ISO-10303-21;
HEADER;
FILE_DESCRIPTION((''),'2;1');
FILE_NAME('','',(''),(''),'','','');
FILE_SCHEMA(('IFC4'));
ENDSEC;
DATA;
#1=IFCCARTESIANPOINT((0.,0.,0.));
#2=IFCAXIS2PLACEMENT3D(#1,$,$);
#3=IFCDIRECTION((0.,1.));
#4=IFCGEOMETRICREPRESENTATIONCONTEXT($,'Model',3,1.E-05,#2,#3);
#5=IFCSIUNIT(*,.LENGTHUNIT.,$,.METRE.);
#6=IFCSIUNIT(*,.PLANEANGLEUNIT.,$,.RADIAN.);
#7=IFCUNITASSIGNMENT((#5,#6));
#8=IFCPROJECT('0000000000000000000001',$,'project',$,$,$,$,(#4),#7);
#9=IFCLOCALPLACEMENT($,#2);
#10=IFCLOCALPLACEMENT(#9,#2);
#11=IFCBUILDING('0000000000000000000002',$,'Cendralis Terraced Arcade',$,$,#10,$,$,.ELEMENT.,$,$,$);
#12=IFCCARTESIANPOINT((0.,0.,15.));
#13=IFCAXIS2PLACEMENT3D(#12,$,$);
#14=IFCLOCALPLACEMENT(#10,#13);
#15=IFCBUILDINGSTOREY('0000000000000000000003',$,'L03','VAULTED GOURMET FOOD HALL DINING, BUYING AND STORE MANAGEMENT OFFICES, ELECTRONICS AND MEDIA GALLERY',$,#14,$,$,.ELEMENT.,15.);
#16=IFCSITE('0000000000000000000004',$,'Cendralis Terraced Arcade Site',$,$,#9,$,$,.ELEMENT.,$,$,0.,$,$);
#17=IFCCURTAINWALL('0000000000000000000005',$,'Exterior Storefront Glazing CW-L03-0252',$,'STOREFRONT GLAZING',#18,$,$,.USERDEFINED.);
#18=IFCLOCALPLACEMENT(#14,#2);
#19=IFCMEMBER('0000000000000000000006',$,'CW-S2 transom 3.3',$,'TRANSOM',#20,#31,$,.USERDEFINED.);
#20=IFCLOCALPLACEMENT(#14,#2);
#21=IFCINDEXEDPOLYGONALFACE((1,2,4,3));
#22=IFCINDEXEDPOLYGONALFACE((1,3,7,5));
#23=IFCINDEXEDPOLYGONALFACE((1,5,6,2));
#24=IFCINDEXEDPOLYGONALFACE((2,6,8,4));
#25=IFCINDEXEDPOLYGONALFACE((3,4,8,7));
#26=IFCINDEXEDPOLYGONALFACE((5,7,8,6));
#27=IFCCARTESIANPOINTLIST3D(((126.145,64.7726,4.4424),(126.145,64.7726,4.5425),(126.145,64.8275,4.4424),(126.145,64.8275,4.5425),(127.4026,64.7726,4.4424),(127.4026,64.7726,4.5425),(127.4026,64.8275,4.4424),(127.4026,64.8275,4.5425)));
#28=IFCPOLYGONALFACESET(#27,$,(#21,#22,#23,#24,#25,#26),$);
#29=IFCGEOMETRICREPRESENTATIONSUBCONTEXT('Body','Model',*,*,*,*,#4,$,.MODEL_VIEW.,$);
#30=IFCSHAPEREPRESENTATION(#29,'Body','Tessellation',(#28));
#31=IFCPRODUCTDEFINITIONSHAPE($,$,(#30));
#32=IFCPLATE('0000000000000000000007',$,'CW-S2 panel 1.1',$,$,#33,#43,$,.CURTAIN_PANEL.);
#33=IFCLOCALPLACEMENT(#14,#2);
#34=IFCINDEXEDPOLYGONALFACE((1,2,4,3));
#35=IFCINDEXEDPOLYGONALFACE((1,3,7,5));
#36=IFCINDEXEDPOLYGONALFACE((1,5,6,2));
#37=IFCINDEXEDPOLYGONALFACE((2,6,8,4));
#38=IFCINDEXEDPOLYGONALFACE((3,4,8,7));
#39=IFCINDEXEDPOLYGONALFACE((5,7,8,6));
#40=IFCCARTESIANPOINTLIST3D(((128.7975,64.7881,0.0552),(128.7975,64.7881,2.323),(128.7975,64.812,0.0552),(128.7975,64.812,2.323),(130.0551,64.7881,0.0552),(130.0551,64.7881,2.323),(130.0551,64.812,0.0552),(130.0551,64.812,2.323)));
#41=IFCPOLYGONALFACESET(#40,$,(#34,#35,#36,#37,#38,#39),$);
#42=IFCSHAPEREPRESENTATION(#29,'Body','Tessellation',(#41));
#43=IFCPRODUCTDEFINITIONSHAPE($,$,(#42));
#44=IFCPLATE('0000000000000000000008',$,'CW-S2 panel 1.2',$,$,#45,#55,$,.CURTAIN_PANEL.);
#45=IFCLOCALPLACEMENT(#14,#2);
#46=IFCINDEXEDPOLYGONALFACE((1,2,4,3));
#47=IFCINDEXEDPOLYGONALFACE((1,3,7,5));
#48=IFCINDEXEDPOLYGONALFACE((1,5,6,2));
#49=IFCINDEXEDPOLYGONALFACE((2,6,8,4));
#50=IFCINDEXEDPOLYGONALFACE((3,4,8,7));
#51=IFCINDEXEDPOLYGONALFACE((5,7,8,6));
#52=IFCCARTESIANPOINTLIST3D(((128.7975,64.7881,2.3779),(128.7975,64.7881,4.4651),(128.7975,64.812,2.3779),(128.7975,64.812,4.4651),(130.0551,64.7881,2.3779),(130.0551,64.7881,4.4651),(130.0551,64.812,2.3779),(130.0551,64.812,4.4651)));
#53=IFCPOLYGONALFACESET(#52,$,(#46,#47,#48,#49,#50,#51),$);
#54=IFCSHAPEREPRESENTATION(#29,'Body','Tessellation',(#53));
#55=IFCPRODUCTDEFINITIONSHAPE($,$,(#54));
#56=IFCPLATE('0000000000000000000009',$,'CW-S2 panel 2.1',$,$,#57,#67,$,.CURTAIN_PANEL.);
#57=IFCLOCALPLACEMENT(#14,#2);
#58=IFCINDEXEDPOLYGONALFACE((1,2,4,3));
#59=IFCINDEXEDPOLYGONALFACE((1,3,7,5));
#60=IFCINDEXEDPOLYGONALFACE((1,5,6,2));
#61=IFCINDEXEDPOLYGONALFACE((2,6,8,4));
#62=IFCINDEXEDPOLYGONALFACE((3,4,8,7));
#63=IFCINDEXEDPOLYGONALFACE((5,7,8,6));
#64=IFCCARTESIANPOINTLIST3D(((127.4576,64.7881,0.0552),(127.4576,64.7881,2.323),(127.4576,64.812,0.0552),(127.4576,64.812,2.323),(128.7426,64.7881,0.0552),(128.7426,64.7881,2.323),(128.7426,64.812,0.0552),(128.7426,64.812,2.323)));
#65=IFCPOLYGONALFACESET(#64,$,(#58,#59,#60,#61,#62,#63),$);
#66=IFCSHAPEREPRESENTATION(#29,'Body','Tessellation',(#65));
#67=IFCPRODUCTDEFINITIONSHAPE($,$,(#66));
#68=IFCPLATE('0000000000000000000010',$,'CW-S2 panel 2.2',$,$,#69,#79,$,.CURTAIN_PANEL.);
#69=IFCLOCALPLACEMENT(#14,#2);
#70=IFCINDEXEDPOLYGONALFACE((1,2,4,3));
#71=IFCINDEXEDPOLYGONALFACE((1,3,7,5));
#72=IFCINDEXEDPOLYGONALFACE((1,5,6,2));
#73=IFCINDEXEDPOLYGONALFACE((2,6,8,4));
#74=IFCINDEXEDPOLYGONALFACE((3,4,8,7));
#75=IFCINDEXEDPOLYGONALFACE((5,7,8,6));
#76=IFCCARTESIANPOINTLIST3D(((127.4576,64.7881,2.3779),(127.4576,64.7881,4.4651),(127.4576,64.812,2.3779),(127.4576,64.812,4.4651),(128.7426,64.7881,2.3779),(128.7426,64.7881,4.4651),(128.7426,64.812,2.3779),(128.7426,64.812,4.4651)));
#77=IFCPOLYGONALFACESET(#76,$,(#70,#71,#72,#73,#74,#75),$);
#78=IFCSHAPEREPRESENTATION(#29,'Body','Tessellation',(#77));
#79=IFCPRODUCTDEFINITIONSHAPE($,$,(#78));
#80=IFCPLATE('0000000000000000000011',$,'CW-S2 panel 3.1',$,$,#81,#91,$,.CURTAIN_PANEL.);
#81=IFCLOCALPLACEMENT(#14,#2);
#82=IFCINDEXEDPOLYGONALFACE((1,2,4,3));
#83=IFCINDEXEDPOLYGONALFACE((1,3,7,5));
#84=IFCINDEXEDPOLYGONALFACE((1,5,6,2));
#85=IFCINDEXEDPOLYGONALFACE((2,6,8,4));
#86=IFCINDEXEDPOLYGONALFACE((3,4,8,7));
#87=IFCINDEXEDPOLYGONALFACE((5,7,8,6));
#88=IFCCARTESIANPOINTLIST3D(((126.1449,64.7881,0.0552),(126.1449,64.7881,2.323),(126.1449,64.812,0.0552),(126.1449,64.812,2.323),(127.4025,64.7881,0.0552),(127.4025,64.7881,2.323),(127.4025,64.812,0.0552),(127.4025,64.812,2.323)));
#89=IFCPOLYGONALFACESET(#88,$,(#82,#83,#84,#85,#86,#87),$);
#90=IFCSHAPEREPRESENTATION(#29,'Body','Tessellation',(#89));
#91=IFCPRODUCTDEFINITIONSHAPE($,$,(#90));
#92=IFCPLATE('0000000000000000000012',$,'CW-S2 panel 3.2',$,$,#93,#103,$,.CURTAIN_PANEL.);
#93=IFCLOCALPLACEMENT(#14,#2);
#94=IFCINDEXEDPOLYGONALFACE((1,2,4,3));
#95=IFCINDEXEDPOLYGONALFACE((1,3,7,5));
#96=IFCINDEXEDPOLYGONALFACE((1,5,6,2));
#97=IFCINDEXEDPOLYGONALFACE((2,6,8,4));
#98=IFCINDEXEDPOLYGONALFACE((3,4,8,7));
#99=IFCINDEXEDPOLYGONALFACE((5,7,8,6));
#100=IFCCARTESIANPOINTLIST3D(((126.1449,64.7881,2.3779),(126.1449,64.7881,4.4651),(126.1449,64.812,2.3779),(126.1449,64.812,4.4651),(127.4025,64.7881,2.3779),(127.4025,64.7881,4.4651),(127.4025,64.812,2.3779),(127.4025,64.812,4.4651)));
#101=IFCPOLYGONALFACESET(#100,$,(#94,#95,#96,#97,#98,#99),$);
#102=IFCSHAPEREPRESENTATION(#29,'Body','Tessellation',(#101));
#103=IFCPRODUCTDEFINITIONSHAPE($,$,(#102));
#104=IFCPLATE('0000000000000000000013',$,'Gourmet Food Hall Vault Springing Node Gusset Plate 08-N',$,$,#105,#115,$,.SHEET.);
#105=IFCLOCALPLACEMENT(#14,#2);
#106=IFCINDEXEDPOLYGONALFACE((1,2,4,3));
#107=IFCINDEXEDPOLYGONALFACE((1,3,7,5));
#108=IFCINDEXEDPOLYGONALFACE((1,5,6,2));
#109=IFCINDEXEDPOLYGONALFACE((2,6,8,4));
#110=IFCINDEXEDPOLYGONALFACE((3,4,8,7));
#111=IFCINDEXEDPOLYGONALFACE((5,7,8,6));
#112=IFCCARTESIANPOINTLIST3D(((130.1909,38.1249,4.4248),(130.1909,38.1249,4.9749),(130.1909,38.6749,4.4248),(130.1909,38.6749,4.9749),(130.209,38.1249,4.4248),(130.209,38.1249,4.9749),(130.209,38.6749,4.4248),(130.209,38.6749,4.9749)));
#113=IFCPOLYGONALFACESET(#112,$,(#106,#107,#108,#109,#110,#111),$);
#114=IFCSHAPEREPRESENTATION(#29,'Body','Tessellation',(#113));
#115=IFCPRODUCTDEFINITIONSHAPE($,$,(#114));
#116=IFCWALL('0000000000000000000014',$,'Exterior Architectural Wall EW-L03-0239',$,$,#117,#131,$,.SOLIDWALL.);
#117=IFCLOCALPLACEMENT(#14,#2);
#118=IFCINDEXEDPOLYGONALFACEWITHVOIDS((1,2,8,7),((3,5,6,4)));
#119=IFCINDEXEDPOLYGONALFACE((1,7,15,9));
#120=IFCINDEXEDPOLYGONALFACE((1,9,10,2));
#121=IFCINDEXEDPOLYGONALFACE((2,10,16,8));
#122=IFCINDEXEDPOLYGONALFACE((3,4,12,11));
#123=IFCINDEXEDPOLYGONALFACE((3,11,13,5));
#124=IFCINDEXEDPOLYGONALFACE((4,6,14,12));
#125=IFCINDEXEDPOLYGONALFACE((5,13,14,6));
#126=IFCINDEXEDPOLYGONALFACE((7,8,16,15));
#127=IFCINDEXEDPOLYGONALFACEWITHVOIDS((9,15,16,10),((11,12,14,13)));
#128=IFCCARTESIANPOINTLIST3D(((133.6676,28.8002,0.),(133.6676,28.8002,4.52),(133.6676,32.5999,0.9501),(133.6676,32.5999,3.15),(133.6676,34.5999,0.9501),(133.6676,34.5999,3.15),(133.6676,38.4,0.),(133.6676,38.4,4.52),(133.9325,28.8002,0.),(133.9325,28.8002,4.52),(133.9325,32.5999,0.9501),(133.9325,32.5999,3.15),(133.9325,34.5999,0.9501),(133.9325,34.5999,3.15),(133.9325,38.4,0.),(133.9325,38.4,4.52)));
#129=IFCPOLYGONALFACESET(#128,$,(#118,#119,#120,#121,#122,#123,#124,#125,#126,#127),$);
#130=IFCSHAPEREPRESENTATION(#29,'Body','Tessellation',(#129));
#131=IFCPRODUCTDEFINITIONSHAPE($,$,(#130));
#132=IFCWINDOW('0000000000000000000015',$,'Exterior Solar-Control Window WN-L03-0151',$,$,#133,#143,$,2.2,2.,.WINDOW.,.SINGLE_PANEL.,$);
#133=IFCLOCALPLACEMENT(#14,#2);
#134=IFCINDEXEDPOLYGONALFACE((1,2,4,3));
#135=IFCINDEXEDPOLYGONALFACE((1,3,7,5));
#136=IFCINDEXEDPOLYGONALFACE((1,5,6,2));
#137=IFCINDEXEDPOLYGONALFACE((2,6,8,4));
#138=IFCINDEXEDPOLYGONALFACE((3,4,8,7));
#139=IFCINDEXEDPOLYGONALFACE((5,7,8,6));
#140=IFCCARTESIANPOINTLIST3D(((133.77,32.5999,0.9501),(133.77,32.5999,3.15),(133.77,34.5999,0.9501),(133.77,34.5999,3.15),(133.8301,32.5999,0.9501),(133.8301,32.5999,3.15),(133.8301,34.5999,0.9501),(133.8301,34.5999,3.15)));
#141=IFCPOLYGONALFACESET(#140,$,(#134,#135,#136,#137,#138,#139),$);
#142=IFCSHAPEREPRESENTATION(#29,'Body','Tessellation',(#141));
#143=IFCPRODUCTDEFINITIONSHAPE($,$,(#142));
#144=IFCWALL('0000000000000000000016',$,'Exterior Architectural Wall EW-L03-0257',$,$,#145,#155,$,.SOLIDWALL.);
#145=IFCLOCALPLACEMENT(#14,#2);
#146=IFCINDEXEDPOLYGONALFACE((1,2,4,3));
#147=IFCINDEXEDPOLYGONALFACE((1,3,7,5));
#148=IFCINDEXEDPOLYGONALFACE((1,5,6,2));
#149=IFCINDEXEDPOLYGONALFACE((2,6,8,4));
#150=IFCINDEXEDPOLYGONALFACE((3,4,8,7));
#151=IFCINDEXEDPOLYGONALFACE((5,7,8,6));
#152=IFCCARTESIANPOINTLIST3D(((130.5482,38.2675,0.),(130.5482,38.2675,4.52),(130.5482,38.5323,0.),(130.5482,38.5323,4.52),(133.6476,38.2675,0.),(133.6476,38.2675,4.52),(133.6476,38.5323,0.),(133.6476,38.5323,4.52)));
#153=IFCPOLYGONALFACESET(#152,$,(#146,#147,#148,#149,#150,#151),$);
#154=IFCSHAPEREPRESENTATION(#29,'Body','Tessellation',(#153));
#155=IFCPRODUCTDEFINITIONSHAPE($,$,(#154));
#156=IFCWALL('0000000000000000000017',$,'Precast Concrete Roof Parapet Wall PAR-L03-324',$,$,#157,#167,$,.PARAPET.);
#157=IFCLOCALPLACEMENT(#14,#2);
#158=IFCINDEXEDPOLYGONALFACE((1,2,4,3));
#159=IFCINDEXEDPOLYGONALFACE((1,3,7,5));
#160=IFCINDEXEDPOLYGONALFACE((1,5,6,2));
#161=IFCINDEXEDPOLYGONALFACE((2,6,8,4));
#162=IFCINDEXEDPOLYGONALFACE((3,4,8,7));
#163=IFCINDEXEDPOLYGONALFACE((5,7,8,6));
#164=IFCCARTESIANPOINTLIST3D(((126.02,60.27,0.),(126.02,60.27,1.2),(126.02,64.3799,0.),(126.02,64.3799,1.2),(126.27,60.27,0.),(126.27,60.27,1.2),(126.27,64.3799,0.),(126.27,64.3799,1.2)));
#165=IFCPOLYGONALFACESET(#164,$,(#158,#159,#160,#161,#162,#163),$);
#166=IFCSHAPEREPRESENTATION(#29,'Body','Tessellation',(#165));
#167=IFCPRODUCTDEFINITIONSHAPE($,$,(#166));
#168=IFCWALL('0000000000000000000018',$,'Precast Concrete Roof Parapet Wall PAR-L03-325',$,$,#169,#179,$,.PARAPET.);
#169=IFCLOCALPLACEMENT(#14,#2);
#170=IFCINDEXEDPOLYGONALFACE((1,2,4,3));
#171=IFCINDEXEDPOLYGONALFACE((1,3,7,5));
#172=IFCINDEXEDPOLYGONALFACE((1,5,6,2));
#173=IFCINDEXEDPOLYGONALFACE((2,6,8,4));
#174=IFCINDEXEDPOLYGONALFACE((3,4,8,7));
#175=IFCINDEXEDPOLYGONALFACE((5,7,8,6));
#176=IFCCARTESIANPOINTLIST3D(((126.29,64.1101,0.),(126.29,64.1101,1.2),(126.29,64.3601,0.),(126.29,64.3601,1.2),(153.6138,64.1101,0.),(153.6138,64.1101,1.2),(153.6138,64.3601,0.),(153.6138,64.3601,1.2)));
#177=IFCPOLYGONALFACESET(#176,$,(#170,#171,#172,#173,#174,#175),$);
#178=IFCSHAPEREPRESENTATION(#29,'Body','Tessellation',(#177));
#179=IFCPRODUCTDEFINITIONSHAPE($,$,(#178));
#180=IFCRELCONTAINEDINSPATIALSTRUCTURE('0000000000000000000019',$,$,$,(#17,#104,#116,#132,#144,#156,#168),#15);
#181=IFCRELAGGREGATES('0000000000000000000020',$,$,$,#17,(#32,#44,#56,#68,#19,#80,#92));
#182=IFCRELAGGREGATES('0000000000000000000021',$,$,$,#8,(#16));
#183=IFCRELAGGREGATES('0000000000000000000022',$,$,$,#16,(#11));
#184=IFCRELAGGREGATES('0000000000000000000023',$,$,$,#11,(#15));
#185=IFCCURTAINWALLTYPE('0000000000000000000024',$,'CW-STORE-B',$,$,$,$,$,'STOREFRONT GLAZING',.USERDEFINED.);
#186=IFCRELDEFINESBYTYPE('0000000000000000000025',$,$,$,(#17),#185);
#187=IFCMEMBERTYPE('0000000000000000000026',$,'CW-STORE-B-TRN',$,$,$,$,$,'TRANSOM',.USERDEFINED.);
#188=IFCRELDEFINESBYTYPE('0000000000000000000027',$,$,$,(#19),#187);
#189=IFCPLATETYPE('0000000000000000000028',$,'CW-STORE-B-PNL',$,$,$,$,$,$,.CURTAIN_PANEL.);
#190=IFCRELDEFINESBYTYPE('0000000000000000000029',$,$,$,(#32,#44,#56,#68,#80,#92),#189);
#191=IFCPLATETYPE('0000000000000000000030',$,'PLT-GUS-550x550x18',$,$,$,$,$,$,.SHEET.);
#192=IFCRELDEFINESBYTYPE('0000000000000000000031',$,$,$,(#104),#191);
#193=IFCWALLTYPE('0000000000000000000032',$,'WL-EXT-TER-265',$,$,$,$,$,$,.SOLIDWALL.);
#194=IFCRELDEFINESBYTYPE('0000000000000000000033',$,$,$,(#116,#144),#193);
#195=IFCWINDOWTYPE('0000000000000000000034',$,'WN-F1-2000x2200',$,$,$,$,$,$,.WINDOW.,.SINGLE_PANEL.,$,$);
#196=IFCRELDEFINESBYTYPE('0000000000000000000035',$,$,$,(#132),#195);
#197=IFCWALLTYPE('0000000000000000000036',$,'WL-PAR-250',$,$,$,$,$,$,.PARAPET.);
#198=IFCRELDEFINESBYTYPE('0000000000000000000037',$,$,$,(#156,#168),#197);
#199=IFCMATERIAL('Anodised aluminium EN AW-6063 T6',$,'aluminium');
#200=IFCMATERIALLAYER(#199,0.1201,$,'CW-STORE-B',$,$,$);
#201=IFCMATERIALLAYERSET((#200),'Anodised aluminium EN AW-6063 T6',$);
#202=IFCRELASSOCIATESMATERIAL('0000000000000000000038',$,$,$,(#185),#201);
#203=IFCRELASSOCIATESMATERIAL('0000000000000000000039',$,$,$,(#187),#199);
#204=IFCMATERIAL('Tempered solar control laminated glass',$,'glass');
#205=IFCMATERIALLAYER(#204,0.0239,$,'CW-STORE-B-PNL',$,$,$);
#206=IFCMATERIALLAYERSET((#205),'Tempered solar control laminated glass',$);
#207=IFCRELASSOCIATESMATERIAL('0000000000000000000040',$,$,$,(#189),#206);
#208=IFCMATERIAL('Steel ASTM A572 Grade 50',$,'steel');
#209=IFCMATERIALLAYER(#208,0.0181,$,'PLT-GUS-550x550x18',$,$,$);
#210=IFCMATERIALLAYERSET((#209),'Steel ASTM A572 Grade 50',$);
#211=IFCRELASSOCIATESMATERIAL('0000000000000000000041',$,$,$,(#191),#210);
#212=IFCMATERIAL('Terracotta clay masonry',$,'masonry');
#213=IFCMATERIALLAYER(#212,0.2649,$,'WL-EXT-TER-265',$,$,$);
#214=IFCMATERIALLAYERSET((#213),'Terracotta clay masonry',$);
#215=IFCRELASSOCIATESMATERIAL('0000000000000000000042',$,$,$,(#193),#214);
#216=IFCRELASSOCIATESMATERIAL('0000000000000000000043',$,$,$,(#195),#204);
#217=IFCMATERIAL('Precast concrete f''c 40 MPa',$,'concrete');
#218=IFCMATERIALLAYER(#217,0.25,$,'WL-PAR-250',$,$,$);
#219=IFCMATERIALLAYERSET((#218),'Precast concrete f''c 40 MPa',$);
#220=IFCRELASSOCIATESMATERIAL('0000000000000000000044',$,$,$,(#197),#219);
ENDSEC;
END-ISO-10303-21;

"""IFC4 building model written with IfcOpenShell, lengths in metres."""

from ifc_helpers import new_model, si_unit, direction, frame, frame_2d, origin, origin_2d, place, context, subcontext, project, spatial, rectangle, extrude, material, layer, layer_set, material_profile, profile_set, type_object, element, fill, aggregate, save


model = new_model("IFC4")

# Units and contexts
model_context = context("Model", 3, precision=1e-05, world=origin(), true_north=direction((0.0, 1.0)))
body_context = subcontext(model_context, "Body", "Model", "MODEL_VIEW")
ifc_project = project(units=[si_unit("LENGTHUNIT", "METRE"), si_unit("PLANEANGLEUNIT", "RADIAN")], contexts=[model_context])

# Site, building, storey
site_placement = place(None, origin())
site = spatial("IfcSite", under=ifc_project, at=site_placement, Name="Cendralis Terraced Arcade Site", CompositionType="ELEMENT", RefElevation=0.0)
building_placement = place(site_placement, origin())
building = spatial("IfcBuilding", under=site, at=building_placement, Name="Cendralis Terraced Arcade", CompositionType="ELEMENT")
storey_placement = place(building_placement, frame((0.0, 0.0, 15.0)))
storey = spatial("IfcBuildingStorey", under=building, at=storey_placement, Name="L03", Description="VAULTED GOURMET FOOD HALL DINING, BUYING AND STORE MANAGEMENT OFFICES, ELECTRONICS AND MEDIA GALLERY", CompositionType="ELEMENT", Elevation=15.0)

# Curtain wall, member, plates
ifc_material_1 = material(Name="Anodised aluminium EN AW-6063 T6", Category="aluminium")
ifc_layer_1 = layer(ifc_material_1, 0.1201, Name="CW-STORE-B")
ifc_layer_set_1 = layer_set([ifc_layer_1], Name="Anodised aluminium EN AW-6063 T6")
curtain_wall_type = type_object("IfcCurtainWallType", Name="CW-STORE-B", ElementType="STOREFRONT GLAZING", PredefinedType="USERDEFINED", material=ifc_layer_set_1)
curtain_wall_placement = place(storey_placement, origin())
curtain_wall = element("IfcCurtainWall", 1, at=curtain_wall_placement, inside=storey, type_object=curtain_wall_type, Name="Exterior Storefront Glazing CW-L03-0252", ObjectType="STOREFRONT GLAZING", PredefinedType="USERDEFINED")
ifc_material_profile_1 = material_profile(ifc_material_1, rectangle(XDim=0.0549, YDim=0.1001, at=origin_2d()), Name="ALU-TRN-55x100")
ifc_profile_set_1 = profile_set([ifc_material_profile_1], Name="Anodised aluminium EN AW-6063 T6")
member_type_1 = type_object("IfcMemberType", Name="CW-STORE-B-TRN", ElementType="TRANSOM", PredefinedType="USERDEFINED", material=ifc_profile_set_1)
member_1_placement = place(storey_placement, frame((127.4026, 64.8, 4.4924), z_axis=(-1.0, 0.0, 0.0), x_axis=(0.0, -1.0, 0.0)))
member_1 = element("IfcMember", 2, at=member_1_placement, type_object=member_type_1, Name="CW-S2 transom 3.3", ObjectType="TRANSOM", PredefinedType="USERDEFINED", context=body_context, shape_type="SweptSolid", body=[
    extrude(rectangle(XDim=0.0549, YDim=0.1001, at=origin_2d()), origin(), (0.0, 0.0, 1.0), 1.2576),
])
ifc_material_2 = material(Name="Tempered solar control laminated glass", Category="glass")
ifc_layer_2 = layer(ifc_material_2, 0.0239, Name="CW-STORE-B-PNL")
ifc_layer_set_2 = layer_set([ifc_layer_2], Name="Tempered solar control laminated glass")
plate_type_1 = type_object("IfcPlateType", Name="CW-STORE-B-PNL", PredefinedType="CURTAIN_PANEL", material=ifc_layer_set_2)
plate_1_placement = place(storey_placement, frame((129.4263, 64.8, 0.0552), z_axis=(0.0, 0.0, 1.0), x_axis=(-1.0, 0.0, 0.0)))
plate_1 = element("IfcPlate", 3, at=plate_1_placement, type_object=plate_type_1, Name="CW-S2 panel 1.1", PredefinedType="CURTAIN_PANEL", context=body_context, shape_type="SweptSolid", body=[
    extrude(rectangle(XDim=1.2576, YDim=0.0239, at=origin_2d()), origin(), (0.0, 0.0, 1.0), 2.2678),
])
plate_2_placement = place(storey_placement, frame((129.4263, 64.8, 2.3779), z_axis=(0.0, 0.0, 1.0), x_axis=(-1.0, 0.0, 0.0)))
plate_2 = element("IfcPlate", 4, at=plate_2_placement, type_object=plate_type_1, Name="CW-S2 panel 1.2", PredefinedType="CURTAIN_PANEL", context=body_context, shape_type="SweptSolid", body=[
    extrude(rectangle(XDim=1.2576, YDim=0.0239, at=origin_2d()), origin(), (0.0, 0.0, 1.0), 2.0872),
])
plate_3_placement = place(storey_placement, frame((128.1001, 64.8, 0.0552), z_axis=(0.0, 0.0, 1.0), x_axis=(-1.0, 0.0, 0.0)))
plate_3 = element("IfcPlate", 5, at=plate_3_placement, type_object=plate_type_1, Name="CW-S2 panel 2.1", PredefinedType="CURTAIN_PANEL", context=body_context, shape_type="SweptSolid", body=[
    extrude(rectangle(XDim=1.2849, YDim=0.0239, at=origin_2d()), origin(), (0.0, 0.0, 1.0), 2.2678),
])
plate_4_placement = place(storey_placement, frame((128.1001, 64.8, 2.3779), z_axis=(0.0, 0.0, 1.0), x_axis=(-1.0, 0.0, 0.0)))
plate_4 = element("IfcPlate", 6, at=plate_4_placement, type_object=plate_type_1, Name="CW-S2 panel 2.2", PredefinedType="CURTAIN_PANEL", context=body_context, shape_type="SweptSolid", body=[
    extrude(rectangle(XDim=1.2849, YDim=0.0239, at=origin_2d()), origin(), (0.0, 0.0, 1.0), 2.0872),
])
plate_5_placement = place(storey_placement, frame((126.7737, 64.8, 0.0552), z_axis=(0.0, 0.0, 1.0), x_axis=(-1.0, 0.0, 0.0)))
plate_5 = element("IfcPlate", 7, at=plate_5_placement, type_object=plate_type_1, Name="CW-S2 panel 3.1", PredefinedType="CURTAIN_PANEL", context=body_context, shape_type="SweptSolid", body=[
    extrude(rectangle(XDim=1.2576, YDim=0.0239, at=origin_2d()), origin(), (0.0, 0.0, 1.0), 2.2678),
])
plate_6_placement = place(storey_placement, frame((126.7737, 64.8, 2.3779), z_axis=(0.0, 0.0, 1.0), x_axis=(-1.0, 0.0, 0.0)))
plate_6 = element("IfcPlate", 8, at=plate_6_placement, type_object=plate_type_1, Name="CW-S2 panel 3.2", PredefinedType="CURTAIN_PANEL", context=body_context, shape_type="SweptSolid", body=[
    extrude(rectangle(XDim=1.2576, YDim=0.0239, at=origin_2d()), origin(), (0.0, 0.0, 1.0), 2.0872),
])
aggregate(curtain_wall, [plate_1, plate_2, plate_3, plate_4, member_1, plate_5, plate_6])

# Plate
ifc_material_3 = material(Name="Steel ASTM A572 Grade 50", Category="steel")
ifc_layer_3 = layer(ifc_material_3, 0.0181, Name="PLT-GUS-550x550x18")
ifc_layer_set_3 = layer_set([ifc_layer_3], Name="Steel ASTM A572 Grade 50")
plate_type_2 = type_object("IfcPlateType", Name="PLT-GUS-550x550x18", PredefinedType="SHEET", material=ifc_layer_set_3)
plate_7_placement = place(storey_placement, frame((130.2, 38.3999, 4.4248), z_axis=(0.0, 0.0, 1.0), x_axis=(0.0, 1.0, 0.0)))
element("IfcPlate", 9, at=plate_7_placement, inside=storey, type_object=plate_type_2, Name="Gourmet Food Hall Vault Springing Node Gusset Plate 08-N", PredefinedType="SHEET", context=body_context, shape_type="SweptSolid", body=[
    extrude(rectangle(XDim=0.55, YDim=0.0181, at=origin_2d()), origin(), (0.0, 0.0, 1.0), 0.55),
])

# Wall, opening, window
ifc_material_4 = material(Name="Terracotta clay masonry", Category="masonry")
ifc_layer_4 = layer(ifc_material_4, 0.2649, Name="WL-EXT-TER-265")
ifc_layer_set_4 = layer_set([ifc_layer_4], Name="Terracotta clay masonry")
wall_type_1 = type_object("IfcWallType", Name="WL-EXT-TER-265", PredefinedType="SOLIDWALL", material=ifc_layer_set_4)
wall_1_placement = place(storey_placement, frame((133.8, 38.3999, 0.0), z_axis=(0.0, 0.0, 1.0), x_axis=(0.0, -1.0, 0.0)))
wall_1 = element("IfcWall", 10, at=wall_1_placement, inside=storey, type_object=wall_type_1, Name="Exterior Architectural Wall EW-L03-0239", PredefinedType="SOLIDWALL", context=body_context, shape_type="SweptSolid", body=[
    extrude(rectangle(XDim=9.5999, YDim=0.2649, at=frame_2d((4.7998, 0.0))), origin(), (0.0, 0.0, 1.0), 4.52),
])
opening_placement = place(wall_1_placement, frame((3.8, 0.0, 0.95)))
opening = element("IfcOpeningElement", 11, at=opening_placement, cuts=wall_1, PredefinedType="OPENING", context=body_context, shape_type="SweptSolid", body=[
    extrude(rectangle(XDim=2.0, YDim=2.2, at=frame_2d((1.0, 1.1001))), frame((0.0, 0.1445, 0.0), z_axis=(0.0, -1.0, 0.0), x_axis=(1.0, 0.0, 0.0)), (0.0, 0.0, 1.0), 0.2888),
])
window_type = type_object("IfcWindowType", Name="WN-F1-2000x2200", PartitioningType="SINGLE_PANEL", PredefinedType="WINDOW", material=ifc_material_2)
window_placement = place(opening_placement, origin())
window = element("IfcWindow", 12, at=window_placement, inside=storey, type_object=window_type, Name="Exterior Solar-Control Window WN-L03-0151", OverallHeight=2.2, OverallWidth=2.0, PartitioningType="SINGLE_PANEL", PredefinedType="WINDOW", context=body_context, shape_type="SweptSolid", body=[
    extrude(rectangle(XDim=2.0, YDim=2.2, at=frame_2d((1.0, 1.1001))), frame((0.0, 0.03, 0.0), z_axis=(0.0, -1.0, 0.0), x_axis=(1.0, 0.0, 0.0)), (0.0, 0.0, 1.0), 0.0601),
])
fill(opening, window)

# Walls
wall_2_placement = place(storey_placement, frame((130.5481, 38.3999, 0.0), z_axis=(0.0, 0.0, 1.0), x_axis=(1.0, 0.0, 0.0)))
element("IfcWall", 13, at=wall_2_placement, inside=storey, type_object=wall_type_1, Name="Exterior Architectural Wall EW-L03-0257", PredefinedType="SOLIDWALL", context=body_context, shape_type="SweptSolid", body=[
    extrude(rectangle(XDim=3.0994, YDim=0.2649, at=frame_2d((1.5498, 0.0))), origin(), (0.0, 0.0, 1.0), 4.52),
])
ifc_material_5 = material(Name="Precast concrete f'c 40 MPa", Category="concrete")
ifc_layer_5 = layer(ifc_material_5, 0.25, Name="WL-PAR-250")
ifc_layer_set_5 = layer_set([ifc_layer_5], Name="Precast concrete f'c 40 MPa")
wall_type_2 = type_object("IfcWallType", Name="WL-PAR-250", PredefinedType="PARAPET", material=ifc_layer_set_5)
wall_3_placement = place(storey_placement, frame((126.145, 60.27, 0.0), z_axis=(0.0, 0.0, 1.0), x_axis=(0.0, 1.0, 0.0)))
element("IfcWall", 14, at=wall_3_placement, inside=storey, type_object=wall_type_2, Name="Precast Concrete Roof Parapet Wall PAR-L03-324", PredefinedType="PARAPET", context=body_context, shape_type="SweptSolid", body=[
    extrude(rectangle(XDim=4.1099, YDim=0.25, at=frame_2d((2.0549, 0.0))), origin(), (0.0, 0.0, 1.0), 1.2),
])
wall_4_placement = place(storey_placement, frame((126.29, 64.2351, 0.0), z_axis=(0.0, 0.0, 1.0), x_axis=(1.0, 0.0, 0.0)))
element("IfcWall", 15, at=wall_4_placement, inside=storey, type_object=wall_type_2, Name="Precast Concrete Roof Parapet Wall PAR-L03-325", PredefinedType="PARAPET", context=body_context, shape_type="SweptSolid", body=[
    extrude(rectangle(XDim=27.3237, YDim=0.25, at=frame_2d((13.6619, 0.0))), origin(), (0.0, 0.0, 1.0), 1.2),
])

save(model, "model.ifc")
